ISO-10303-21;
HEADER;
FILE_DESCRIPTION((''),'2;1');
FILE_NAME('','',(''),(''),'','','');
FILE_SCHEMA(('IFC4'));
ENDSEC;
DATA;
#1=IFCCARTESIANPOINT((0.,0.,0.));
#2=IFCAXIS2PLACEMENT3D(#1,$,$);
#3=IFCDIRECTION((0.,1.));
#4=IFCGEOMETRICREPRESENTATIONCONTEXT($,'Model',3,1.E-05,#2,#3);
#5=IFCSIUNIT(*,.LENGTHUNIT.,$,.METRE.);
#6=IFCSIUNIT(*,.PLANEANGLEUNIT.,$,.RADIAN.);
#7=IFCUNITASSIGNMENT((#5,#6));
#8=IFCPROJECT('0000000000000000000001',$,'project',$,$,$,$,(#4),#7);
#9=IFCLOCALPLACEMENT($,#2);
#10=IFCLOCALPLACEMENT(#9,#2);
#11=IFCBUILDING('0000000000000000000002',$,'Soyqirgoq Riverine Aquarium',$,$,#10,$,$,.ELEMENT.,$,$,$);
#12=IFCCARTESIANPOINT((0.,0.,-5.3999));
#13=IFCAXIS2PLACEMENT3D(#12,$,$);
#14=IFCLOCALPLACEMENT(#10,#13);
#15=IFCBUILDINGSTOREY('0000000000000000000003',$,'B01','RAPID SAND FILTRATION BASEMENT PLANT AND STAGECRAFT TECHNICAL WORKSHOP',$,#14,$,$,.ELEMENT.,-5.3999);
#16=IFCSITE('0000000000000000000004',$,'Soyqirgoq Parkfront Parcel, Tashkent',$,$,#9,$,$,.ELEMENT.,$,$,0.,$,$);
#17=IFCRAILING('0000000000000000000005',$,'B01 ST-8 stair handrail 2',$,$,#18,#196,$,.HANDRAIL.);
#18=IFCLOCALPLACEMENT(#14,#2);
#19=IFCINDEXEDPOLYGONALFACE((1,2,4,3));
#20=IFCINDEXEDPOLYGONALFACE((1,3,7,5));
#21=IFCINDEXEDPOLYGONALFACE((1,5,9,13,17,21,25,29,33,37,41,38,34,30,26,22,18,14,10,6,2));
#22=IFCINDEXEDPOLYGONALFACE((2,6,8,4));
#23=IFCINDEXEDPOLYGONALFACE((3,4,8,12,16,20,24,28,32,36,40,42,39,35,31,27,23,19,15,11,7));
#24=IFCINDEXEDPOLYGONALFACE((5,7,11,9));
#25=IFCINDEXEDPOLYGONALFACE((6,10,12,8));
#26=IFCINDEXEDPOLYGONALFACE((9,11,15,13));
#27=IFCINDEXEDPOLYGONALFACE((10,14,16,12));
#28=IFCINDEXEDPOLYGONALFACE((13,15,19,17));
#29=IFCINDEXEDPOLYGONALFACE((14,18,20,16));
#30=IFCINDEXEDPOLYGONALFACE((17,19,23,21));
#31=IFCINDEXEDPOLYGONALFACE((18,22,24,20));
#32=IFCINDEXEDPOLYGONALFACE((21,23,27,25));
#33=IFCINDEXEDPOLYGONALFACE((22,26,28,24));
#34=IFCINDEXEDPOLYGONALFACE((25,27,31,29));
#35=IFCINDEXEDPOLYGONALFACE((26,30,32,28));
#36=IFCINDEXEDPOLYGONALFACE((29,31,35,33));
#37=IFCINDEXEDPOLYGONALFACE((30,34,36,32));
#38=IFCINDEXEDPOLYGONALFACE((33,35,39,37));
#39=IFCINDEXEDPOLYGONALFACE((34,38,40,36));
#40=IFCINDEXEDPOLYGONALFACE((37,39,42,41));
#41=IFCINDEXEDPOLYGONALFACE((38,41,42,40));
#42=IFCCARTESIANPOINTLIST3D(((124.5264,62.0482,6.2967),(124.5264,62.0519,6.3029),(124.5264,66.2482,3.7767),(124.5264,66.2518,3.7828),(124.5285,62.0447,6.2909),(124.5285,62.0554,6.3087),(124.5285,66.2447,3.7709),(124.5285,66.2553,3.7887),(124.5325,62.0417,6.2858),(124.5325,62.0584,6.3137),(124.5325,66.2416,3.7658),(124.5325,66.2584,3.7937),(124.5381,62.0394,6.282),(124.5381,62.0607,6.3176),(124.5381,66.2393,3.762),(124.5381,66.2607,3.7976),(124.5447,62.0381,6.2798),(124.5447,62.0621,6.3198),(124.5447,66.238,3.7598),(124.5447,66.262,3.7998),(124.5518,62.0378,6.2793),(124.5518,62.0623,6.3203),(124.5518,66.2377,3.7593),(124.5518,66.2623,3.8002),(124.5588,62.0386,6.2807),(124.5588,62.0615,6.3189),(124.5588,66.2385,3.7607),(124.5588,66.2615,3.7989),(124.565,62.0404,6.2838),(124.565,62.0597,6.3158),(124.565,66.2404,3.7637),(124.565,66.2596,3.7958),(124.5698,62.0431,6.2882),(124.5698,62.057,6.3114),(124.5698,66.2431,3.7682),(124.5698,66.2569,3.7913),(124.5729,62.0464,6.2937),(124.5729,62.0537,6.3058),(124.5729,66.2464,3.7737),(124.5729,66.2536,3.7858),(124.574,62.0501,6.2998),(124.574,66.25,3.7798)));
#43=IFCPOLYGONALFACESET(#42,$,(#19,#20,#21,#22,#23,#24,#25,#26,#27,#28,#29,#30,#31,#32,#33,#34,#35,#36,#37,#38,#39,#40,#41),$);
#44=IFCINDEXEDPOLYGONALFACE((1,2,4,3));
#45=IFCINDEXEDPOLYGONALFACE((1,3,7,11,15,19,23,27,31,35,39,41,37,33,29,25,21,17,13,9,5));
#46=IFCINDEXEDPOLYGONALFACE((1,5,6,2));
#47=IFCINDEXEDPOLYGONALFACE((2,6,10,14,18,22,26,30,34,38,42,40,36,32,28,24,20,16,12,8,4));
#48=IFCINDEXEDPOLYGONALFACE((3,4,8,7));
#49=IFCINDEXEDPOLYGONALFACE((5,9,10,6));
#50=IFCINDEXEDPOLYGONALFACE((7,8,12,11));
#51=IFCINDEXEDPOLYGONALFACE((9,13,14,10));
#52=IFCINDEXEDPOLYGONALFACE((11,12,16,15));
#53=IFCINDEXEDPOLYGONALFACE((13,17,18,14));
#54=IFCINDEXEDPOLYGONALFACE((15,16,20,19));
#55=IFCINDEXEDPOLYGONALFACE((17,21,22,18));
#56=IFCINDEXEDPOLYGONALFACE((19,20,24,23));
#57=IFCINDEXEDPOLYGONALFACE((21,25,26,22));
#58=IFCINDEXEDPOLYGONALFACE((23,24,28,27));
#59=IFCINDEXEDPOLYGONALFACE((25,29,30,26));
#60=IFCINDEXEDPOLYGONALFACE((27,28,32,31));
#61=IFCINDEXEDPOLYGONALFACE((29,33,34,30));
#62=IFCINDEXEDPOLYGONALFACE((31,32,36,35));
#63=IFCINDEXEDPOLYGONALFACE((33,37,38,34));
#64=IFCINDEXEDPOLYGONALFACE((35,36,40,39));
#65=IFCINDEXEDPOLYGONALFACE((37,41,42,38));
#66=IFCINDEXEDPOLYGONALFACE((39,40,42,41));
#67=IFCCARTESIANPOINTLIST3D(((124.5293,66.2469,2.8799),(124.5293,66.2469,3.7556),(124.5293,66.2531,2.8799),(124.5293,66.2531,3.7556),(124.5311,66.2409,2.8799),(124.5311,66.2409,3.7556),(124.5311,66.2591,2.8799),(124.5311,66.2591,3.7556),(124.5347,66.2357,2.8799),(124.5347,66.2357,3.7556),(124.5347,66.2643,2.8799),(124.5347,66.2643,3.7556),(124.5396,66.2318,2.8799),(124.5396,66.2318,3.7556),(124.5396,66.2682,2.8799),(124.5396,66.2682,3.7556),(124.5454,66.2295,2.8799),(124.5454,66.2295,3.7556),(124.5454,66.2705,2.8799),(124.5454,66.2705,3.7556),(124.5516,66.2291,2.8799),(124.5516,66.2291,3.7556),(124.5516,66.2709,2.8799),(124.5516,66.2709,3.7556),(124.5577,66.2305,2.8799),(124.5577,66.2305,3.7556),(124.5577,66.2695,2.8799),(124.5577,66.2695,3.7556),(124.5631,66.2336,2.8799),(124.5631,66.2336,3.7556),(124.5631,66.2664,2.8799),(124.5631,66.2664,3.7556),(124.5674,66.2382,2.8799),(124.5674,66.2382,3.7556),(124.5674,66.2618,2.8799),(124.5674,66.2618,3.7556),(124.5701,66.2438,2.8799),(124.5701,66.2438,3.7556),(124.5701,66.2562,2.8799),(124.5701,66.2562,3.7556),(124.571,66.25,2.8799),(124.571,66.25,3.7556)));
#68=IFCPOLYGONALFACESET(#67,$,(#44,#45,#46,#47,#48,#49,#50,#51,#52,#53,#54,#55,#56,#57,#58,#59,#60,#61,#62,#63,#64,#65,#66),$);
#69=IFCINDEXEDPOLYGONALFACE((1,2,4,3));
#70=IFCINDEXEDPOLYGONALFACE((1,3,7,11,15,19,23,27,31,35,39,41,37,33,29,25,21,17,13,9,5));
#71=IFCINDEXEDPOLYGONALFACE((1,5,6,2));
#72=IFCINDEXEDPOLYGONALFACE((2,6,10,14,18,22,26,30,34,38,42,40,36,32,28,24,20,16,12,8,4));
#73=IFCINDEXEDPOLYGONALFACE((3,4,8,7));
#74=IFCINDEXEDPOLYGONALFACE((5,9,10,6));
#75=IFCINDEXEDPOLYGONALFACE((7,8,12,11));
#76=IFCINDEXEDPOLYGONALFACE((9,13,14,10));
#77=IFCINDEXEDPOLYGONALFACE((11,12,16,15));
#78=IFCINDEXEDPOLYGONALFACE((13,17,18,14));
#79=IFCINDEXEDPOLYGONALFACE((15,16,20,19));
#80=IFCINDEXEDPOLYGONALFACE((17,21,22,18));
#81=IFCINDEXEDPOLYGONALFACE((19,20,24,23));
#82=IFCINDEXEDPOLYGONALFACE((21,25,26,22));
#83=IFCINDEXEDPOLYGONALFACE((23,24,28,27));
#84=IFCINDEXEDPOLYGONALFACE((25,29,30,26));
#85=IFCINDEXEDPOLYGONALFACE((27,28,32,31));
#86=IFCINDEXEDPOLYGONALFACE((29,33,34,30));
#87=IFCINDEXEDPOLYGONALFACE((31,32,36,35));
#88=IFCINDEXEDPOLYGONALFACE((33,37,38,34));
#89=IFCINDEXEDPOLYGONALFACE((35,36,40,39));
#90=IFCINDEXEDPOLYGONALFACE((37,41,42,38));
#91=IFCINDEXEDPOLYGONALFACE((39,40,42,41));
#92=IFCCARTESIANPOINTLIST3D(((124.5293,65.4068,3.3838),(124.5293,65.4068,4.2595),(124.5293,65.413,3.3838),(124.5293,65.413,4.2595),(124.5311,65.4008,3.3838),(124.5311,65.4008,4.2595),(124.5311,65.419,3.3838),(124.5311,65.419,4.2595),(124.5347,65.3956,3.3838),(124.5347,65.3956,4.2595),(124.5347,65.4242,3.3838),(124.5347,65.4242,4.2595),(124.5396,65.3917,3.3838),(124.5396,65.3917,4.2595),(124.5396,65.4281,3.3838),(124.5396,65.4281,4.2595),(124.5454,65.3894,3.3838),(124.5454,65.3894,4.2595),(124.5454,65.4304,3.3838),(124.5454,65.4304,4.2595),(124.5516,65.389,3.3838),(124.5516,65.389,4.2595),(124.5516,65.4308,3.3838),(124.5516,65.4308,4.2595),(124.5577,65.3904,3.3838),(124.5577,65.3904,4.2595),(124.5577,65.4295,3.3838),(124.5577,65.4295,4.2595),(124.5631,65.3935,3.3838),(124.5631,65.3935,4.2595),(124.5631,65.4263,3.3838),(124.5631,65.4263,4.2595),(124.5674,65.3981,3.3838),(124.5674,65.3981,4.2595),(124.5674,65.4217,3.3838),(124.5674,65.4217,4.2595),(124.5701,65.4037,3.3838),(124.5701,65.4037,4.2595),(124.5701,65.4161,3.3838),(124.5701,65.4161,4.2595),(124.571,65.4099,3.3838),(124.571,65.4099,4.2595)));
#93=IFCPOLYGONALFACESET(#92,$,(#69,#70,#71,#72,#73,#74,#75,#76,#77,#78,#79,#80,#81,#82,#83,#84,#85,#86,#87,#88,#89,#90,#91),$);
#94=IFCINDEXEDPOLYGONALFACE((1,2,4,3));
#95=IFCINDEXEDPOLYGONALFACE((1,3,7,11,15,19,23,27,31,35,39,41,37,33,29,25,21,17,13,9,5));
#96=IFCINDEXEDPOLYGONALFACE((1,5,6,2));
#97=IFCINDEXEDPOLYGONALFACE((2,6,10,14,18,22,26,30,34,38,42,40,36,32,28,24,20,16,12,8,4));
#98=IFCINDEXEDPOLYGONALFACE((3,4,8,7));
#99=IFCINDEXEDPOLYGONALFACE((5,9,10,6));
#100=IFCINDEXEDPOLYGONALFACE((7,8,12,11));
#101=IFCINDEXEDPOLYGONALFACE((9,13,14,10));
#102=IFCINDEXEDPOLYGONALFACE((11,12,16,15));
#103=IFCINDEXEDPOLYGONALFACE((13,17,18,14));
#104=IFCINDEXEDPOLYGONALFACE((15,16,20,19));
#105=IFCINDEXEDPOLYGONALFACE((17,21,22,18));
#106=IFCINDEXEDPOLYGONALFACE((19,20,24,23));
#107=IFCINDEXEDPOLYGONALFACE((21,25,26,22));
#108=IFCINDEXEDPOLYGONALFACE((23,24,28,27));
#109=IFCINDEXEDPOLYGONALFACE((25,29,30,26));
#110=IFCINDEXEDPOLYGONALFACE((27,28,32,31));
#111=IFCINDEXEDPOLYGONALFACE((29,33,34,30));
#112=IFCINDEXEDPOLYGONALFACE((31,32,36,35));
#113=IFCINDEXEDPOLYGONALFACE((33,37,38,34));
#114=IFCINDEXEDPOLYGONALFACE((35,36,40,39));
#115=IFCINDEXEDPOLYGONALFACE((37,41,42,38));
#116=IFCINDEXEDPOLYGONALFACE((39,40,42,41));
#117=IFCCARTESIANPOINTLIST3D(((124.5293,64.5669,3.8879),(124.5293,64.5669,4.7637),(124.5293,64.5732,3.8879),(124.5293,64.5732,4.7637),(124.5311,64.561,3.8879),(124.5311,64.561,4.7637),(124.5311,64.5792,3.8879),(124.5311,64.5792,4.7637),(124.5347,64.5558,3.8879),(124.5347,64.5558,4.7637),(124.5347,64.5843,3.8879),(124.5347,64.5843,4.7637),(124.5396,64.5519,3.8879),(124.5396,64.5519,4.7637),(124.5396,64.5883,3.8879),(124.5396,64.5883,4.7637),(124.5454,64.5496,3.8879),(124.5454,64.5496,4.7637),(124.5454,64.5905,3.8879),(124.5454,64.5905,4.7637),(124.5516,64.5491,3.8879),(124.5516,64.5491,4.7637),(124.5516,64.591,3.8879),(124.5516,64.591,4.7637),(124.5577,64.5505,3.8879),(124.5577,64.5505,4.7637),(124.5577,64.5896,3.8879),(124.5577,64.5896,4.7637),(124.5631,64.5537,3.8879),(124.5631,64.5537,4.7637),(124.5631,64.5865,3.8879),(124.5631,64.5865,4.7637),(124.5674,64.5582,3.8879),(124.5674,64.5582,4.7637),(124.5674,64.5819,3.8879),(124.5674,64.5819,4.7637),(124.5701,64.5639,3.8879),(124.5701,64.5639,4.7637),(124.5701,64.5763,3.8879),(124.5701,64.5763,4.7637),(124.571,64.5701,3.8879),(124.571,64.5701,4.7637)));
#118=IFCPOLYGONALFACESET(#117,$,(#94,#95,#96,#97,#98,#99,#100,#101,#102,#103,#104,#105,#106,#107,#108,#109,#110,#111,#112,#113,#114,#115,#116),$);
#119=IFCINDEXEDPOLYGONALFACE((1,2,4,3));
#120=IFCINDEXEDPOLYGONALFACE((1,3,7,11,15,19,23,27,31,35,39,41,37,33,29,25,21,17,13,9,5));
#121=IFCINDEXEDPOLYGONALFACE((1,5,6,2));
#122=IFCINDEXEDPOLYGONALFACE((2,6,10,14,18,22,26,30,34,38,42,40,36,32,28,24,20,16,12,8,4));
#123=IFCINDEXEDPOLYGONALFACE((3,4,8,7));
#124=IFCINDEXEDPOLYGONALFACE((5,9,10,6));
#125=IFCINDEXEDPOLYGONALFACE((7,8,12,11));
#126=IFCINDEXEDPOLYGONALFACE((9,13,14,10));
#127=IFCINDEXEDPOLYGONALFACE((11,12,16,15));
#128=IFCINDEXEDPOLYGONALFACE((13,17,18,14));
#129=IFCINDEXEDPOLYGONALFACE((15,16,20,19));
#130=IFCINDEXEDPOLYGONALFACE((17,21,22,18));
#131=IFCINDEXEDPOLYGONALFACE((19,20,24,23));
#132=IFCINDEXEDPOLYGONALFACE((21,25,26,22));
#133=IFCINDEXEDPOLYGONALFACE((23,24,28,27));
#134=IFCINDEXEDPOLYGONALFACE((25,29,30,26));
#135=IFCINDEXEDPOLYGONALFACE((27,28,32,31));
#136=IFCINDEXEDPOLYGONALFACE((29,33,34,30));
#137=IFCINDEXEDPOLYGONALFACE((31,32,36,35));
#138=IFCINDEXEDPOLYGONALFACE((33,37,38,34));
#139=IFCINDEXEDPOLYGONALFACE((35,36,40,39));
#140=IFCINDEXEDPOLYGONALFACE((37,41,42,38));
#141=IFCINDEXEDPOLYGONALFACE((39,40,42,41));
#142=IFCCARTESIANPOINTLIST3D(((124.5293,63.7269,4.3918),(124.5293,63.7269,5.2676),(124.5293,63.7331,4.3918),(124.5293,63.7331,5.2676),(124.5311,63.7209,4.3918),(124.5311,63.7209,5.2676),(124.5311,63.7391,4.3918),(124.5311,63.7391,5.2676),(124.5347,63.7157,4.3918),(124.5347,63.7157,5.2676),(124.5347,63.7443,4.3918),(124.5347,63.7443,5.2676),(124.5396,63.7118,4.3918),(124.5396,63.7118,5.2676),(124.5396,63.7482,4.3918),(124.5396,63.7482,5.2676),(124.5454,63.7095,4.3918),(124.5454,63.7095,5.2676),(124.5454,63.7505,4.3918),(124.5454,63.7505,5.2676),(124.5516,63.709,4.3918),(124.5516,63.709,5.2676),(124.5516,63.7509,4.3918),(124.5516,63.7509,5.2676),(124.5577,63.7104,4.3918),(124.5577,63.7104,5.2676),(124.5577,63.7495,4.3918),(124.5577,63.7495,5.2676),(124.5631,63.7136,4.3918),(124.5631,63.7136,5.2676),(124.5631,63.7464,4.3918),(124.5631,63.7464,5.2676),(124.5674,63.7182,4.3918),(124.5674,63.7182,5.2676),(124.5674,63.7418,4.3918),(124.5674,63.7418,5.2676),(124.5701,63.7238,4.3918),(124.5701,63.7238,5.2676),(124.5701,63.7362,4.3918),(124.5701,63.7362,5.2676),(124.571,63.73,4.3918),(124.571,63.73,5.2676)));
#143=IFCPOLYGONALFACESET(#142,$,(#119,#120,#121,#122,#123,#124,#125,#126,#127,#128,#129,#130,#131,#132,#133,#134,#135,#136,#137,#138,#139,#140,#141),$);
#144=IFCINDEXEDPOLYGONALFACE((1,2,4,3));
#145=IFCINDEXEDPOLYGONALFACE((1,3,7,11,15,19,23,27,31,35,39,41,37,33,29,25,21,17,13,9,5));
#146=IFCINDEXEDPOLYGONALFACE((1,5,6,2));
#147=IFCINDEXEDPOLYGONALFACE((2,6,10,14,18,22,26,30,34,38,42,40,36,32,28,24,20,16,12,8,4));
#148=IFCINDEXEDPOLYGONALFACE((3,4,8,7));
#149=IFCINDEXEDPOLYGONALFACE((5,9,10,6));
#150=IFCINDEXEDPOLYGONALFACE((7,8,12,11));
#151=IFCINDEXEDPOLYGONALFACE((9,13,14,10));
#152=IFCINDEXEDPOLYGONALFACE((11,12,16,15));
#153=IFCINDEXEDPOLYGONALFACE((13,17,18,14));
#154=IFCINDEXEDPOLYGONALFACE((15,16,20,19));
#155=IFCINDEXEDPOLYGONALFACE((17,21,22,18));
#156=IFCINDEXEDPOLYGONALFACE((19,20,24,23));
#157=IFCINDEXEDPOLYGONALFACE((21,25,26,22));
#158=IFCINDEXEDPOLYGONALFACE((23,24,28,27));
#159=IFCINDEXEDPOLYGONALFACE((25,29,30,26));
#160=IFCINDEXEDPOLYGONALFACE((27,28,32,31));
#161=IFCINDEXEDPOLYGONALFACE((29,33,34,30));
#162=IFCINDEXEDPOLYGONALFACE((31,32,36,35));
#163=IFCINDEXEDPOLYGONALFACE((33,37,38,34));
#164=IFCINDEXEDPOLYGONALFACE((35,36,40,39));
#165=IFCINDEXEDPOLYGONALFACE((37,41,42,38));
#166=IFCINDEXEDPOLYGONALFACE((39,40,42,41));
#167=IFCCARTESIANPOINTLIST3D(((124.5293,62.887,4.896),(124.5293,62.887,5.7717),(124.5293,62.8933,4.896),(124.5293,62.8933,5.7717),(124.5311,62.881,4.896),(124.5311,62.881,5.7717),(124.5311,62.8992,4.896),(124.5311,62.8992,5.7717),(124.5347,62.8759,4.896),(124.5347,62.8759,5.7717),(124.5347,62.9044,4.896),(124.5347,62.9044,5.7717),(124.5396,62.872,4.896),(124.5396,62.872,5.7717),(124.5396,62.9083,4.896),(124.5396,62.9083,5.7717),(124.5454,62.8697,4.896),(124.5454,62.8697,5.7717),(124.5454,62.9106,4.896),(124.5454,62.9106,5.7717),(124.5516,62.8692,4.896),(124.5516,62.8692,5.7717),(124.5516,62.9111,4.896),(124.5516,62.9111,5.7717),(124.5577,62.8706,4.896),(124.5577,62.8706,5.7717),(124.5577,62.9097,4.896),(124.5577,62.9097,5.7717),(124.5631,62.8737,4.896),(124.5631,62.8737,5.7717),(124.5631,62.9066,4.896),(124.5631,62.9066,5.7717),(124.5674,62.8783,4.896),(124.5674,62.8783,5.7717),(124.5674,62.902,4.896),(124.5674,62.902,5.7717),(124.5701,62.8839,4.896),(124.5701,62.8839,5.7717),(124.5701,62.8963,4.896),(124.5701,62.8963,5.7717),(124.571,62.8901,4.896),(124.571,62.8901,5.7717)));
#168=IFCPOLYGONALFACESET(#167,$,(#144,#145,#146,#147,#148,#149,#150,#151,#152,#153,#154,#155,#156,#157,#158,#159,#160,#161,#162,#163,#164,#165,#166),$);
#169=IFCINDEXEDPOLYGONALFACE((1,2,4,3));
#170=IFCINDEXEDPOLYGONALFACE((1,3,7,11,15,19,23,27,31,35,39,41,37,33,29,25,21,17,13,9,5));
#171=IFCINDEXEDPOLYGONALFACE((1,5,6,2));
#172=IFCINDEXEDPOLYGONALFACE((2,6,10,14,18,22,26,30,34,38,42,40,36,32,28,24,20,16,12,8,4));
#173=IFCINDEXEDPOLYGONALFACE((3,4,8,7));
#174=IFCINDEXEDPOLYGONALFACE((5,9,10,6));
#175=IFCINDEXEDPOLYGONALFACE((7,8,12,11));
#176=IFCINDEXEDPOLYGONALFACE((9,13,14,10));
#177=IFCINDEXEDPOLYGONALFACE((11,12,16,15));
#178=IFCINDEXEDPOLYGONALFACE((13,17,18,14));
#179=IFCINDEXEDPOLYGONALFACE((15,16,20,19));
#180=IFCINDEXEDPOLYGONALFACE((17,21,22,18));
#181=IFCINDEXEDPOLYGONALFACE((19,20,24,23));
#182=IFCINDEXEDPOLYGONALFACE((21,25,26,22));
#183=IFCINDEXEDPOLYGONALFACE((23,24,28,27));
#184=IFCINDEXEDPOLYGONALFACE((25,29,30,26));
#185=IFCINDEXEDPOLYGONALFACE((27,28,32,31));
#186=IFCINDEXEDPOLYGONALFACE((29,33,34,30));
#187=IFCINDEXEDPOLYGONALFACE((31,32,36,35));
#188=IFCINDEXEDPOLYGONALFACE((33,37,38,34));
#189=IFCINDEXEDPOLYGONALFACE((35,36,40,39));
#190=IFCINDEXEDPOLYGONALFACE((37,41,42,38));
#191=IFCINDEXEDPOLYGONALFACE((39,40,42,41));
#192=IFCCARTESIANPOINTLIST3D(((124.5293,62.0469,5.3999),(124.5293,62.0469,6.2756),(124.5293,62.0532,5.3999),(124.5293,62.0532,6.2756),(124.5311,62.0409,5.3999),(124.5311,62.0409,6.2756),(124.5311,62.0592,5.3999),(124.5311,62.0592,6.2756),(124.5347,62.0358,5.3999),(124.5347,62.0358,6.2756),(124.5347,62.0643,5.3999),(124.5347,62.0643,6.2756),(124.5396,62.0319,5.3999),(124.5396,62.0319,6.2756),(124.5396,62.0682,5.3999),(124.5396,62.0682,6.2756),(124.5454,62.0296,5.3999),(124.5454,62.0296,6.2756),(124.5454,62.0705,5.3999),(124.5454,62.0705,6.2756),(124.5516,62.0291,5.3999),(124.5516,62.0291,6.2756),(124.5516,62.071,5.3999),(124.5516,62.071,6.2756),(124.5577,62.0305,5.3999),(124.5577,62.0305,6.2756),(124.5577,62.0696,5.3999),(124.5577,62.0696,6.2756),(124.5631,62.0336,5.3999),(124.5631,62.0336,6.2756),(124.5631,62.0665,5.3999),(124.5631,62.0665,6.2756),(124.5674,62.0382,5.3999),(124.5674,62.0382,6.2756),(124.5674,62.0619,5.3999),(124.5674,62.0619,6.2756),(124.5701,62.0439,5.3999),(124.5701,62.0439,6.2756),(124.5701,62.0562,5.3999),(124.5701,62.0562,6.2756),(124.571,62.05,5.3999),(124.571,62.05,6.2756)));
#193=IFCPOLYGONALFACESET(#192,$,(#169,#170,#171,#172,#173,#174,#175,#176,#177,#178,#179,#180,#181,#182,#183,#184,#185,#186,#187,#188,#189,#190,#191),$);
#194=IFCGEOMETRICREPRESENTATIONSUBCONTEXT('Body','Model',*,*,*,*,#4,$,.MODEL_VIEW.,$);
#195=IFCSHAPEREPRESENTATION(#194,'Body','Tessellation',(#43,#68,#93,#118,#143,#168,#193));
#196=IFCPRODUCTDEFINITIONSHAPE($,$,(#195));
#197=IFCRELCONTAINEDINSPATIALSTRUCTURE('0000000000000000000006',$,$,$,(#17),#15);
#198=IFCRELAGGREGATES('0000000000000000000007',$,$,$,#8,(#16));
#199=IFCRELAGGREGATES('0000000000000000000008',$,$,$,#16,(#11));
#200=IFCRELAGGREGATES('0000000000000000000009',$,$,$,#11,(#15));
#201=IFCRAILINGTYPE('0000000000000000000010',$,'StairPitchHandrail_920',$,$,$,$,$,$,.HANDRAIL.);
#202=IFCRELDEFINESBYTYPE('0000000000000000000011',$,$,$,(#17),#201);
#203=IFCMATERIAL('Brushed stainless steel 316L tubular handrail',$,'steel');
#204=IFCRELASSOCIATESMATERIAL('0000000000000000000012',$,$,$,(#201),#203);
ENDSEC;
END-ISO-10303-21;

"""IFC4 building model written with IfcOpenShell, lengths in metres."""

from ifc_helpers import new_model, si_unit, direction, frame, origin, origin_2d, place, context, subcontext, project, spatial, circle, extrude, material, type_object, element, save


model = new_model("IFC4")

# Units and contexts
model_context = context("Model", 3, precision=1e-05, world=origin(), true_north=direction((0.0, 1.0)))
body_context = subcontext(model_context, "Body", "Model", "MODEL_VIEW")
ifc_project = project(units=[si_unit("LENGTHUNIT", "METRE"), si_unit("PLANEANGLEUNIT", "RADIAN")], contexts=[model_context])

# Site, building, storey
site_placement = place(None, origin())
site = spatial("IfcSite", under=ifc_project, at=site_placement, Name="Soyqirgoq Parkfront Parcel, Tashkent", CompositionType="ELEMENT", RefElevation=0.0)
building_placement = place(site_placement, origin())
building = spatial("IfcBuilding", under=site, at=building_placement, Name="Soyqirgoq Riverine Aquarium", CompositionType="ELEMENT")
storey_placement = place(building_placement, frame((0.0, 0.0, -5.3999)))
storey = spatial("IfcBuildingStorey", under=building, at=storey_placement, Name="B01", Description="RAPID SAND FILTRATION BASEMENT PLANT AND STAGECRAFT TECHNICAL WORKSHOP", CompositionType="ELEMENT", Elevation=-5.3999)

# Railing
ifc_material_1 = material(Name="Brushed stainless steel 316L tubular handrail", Category="steel")
railing_type_1 = type_object("IfcRailingType", Name="StairPitchHandrail_920", PredefinedType="HANDRAIL", material=ifc_material_1)
railing_1_placement = place(storey_placement, frame((124.55, 66.25, 2.8799)))
element("IfcRailing", 1, at=railing_1_placement, inside=storey, type_object=railing_type_1, Name="B01 ST-8 stair handrail 2", PredefinedType="HANDRAIL", context=body_context, shape_type="SweptSolid", body=[
    extrude(circle(Radius=0.0239, at=origin_2d()), frame((0.0, 0.0, 0.8999), z_axis=(0.0, -0.857489, 0.514503), x_axis=(1.0, 0.0, 0.0)), (0.0, 0.0, 1.0), 4.8979),
    extrude(circle(Radius=0.021, at=origin_2d()), origin(), (0.0, 0.0, 1.0), 0.8757),
    extrude(circle(Radius=0.021, at=origin_2d()), frame((0.0, -0.8401, 0.5039)), (0.0, 0.0, 1.0), 0.8757),
    extrude(circle(Radius=0.021, at=origin_2d()), frame((0.0, -1.6799, 1.0081)), (0.0, 0.0, 1.0), 0.8757),
    extrude(circle(Radius=0.021, at=origin_2d()), frame((0.0, -2.52, 1.512)), (0.0, 0.0, 1.0), 0.8757),
    extrude(circle(Radius=0.021, at=origin_2d()), frame((0.0, -3.3599, 2.0161)), (0.0, 0.0, 1.0), 0.8757),
    extrude(circle(Radius=0.021, at=origin_2d()), frame((0.0, -4.2, 2.52)), (0.0, 0.0, 1.0), 0.8757),
])

save(model, "model.ifc")
